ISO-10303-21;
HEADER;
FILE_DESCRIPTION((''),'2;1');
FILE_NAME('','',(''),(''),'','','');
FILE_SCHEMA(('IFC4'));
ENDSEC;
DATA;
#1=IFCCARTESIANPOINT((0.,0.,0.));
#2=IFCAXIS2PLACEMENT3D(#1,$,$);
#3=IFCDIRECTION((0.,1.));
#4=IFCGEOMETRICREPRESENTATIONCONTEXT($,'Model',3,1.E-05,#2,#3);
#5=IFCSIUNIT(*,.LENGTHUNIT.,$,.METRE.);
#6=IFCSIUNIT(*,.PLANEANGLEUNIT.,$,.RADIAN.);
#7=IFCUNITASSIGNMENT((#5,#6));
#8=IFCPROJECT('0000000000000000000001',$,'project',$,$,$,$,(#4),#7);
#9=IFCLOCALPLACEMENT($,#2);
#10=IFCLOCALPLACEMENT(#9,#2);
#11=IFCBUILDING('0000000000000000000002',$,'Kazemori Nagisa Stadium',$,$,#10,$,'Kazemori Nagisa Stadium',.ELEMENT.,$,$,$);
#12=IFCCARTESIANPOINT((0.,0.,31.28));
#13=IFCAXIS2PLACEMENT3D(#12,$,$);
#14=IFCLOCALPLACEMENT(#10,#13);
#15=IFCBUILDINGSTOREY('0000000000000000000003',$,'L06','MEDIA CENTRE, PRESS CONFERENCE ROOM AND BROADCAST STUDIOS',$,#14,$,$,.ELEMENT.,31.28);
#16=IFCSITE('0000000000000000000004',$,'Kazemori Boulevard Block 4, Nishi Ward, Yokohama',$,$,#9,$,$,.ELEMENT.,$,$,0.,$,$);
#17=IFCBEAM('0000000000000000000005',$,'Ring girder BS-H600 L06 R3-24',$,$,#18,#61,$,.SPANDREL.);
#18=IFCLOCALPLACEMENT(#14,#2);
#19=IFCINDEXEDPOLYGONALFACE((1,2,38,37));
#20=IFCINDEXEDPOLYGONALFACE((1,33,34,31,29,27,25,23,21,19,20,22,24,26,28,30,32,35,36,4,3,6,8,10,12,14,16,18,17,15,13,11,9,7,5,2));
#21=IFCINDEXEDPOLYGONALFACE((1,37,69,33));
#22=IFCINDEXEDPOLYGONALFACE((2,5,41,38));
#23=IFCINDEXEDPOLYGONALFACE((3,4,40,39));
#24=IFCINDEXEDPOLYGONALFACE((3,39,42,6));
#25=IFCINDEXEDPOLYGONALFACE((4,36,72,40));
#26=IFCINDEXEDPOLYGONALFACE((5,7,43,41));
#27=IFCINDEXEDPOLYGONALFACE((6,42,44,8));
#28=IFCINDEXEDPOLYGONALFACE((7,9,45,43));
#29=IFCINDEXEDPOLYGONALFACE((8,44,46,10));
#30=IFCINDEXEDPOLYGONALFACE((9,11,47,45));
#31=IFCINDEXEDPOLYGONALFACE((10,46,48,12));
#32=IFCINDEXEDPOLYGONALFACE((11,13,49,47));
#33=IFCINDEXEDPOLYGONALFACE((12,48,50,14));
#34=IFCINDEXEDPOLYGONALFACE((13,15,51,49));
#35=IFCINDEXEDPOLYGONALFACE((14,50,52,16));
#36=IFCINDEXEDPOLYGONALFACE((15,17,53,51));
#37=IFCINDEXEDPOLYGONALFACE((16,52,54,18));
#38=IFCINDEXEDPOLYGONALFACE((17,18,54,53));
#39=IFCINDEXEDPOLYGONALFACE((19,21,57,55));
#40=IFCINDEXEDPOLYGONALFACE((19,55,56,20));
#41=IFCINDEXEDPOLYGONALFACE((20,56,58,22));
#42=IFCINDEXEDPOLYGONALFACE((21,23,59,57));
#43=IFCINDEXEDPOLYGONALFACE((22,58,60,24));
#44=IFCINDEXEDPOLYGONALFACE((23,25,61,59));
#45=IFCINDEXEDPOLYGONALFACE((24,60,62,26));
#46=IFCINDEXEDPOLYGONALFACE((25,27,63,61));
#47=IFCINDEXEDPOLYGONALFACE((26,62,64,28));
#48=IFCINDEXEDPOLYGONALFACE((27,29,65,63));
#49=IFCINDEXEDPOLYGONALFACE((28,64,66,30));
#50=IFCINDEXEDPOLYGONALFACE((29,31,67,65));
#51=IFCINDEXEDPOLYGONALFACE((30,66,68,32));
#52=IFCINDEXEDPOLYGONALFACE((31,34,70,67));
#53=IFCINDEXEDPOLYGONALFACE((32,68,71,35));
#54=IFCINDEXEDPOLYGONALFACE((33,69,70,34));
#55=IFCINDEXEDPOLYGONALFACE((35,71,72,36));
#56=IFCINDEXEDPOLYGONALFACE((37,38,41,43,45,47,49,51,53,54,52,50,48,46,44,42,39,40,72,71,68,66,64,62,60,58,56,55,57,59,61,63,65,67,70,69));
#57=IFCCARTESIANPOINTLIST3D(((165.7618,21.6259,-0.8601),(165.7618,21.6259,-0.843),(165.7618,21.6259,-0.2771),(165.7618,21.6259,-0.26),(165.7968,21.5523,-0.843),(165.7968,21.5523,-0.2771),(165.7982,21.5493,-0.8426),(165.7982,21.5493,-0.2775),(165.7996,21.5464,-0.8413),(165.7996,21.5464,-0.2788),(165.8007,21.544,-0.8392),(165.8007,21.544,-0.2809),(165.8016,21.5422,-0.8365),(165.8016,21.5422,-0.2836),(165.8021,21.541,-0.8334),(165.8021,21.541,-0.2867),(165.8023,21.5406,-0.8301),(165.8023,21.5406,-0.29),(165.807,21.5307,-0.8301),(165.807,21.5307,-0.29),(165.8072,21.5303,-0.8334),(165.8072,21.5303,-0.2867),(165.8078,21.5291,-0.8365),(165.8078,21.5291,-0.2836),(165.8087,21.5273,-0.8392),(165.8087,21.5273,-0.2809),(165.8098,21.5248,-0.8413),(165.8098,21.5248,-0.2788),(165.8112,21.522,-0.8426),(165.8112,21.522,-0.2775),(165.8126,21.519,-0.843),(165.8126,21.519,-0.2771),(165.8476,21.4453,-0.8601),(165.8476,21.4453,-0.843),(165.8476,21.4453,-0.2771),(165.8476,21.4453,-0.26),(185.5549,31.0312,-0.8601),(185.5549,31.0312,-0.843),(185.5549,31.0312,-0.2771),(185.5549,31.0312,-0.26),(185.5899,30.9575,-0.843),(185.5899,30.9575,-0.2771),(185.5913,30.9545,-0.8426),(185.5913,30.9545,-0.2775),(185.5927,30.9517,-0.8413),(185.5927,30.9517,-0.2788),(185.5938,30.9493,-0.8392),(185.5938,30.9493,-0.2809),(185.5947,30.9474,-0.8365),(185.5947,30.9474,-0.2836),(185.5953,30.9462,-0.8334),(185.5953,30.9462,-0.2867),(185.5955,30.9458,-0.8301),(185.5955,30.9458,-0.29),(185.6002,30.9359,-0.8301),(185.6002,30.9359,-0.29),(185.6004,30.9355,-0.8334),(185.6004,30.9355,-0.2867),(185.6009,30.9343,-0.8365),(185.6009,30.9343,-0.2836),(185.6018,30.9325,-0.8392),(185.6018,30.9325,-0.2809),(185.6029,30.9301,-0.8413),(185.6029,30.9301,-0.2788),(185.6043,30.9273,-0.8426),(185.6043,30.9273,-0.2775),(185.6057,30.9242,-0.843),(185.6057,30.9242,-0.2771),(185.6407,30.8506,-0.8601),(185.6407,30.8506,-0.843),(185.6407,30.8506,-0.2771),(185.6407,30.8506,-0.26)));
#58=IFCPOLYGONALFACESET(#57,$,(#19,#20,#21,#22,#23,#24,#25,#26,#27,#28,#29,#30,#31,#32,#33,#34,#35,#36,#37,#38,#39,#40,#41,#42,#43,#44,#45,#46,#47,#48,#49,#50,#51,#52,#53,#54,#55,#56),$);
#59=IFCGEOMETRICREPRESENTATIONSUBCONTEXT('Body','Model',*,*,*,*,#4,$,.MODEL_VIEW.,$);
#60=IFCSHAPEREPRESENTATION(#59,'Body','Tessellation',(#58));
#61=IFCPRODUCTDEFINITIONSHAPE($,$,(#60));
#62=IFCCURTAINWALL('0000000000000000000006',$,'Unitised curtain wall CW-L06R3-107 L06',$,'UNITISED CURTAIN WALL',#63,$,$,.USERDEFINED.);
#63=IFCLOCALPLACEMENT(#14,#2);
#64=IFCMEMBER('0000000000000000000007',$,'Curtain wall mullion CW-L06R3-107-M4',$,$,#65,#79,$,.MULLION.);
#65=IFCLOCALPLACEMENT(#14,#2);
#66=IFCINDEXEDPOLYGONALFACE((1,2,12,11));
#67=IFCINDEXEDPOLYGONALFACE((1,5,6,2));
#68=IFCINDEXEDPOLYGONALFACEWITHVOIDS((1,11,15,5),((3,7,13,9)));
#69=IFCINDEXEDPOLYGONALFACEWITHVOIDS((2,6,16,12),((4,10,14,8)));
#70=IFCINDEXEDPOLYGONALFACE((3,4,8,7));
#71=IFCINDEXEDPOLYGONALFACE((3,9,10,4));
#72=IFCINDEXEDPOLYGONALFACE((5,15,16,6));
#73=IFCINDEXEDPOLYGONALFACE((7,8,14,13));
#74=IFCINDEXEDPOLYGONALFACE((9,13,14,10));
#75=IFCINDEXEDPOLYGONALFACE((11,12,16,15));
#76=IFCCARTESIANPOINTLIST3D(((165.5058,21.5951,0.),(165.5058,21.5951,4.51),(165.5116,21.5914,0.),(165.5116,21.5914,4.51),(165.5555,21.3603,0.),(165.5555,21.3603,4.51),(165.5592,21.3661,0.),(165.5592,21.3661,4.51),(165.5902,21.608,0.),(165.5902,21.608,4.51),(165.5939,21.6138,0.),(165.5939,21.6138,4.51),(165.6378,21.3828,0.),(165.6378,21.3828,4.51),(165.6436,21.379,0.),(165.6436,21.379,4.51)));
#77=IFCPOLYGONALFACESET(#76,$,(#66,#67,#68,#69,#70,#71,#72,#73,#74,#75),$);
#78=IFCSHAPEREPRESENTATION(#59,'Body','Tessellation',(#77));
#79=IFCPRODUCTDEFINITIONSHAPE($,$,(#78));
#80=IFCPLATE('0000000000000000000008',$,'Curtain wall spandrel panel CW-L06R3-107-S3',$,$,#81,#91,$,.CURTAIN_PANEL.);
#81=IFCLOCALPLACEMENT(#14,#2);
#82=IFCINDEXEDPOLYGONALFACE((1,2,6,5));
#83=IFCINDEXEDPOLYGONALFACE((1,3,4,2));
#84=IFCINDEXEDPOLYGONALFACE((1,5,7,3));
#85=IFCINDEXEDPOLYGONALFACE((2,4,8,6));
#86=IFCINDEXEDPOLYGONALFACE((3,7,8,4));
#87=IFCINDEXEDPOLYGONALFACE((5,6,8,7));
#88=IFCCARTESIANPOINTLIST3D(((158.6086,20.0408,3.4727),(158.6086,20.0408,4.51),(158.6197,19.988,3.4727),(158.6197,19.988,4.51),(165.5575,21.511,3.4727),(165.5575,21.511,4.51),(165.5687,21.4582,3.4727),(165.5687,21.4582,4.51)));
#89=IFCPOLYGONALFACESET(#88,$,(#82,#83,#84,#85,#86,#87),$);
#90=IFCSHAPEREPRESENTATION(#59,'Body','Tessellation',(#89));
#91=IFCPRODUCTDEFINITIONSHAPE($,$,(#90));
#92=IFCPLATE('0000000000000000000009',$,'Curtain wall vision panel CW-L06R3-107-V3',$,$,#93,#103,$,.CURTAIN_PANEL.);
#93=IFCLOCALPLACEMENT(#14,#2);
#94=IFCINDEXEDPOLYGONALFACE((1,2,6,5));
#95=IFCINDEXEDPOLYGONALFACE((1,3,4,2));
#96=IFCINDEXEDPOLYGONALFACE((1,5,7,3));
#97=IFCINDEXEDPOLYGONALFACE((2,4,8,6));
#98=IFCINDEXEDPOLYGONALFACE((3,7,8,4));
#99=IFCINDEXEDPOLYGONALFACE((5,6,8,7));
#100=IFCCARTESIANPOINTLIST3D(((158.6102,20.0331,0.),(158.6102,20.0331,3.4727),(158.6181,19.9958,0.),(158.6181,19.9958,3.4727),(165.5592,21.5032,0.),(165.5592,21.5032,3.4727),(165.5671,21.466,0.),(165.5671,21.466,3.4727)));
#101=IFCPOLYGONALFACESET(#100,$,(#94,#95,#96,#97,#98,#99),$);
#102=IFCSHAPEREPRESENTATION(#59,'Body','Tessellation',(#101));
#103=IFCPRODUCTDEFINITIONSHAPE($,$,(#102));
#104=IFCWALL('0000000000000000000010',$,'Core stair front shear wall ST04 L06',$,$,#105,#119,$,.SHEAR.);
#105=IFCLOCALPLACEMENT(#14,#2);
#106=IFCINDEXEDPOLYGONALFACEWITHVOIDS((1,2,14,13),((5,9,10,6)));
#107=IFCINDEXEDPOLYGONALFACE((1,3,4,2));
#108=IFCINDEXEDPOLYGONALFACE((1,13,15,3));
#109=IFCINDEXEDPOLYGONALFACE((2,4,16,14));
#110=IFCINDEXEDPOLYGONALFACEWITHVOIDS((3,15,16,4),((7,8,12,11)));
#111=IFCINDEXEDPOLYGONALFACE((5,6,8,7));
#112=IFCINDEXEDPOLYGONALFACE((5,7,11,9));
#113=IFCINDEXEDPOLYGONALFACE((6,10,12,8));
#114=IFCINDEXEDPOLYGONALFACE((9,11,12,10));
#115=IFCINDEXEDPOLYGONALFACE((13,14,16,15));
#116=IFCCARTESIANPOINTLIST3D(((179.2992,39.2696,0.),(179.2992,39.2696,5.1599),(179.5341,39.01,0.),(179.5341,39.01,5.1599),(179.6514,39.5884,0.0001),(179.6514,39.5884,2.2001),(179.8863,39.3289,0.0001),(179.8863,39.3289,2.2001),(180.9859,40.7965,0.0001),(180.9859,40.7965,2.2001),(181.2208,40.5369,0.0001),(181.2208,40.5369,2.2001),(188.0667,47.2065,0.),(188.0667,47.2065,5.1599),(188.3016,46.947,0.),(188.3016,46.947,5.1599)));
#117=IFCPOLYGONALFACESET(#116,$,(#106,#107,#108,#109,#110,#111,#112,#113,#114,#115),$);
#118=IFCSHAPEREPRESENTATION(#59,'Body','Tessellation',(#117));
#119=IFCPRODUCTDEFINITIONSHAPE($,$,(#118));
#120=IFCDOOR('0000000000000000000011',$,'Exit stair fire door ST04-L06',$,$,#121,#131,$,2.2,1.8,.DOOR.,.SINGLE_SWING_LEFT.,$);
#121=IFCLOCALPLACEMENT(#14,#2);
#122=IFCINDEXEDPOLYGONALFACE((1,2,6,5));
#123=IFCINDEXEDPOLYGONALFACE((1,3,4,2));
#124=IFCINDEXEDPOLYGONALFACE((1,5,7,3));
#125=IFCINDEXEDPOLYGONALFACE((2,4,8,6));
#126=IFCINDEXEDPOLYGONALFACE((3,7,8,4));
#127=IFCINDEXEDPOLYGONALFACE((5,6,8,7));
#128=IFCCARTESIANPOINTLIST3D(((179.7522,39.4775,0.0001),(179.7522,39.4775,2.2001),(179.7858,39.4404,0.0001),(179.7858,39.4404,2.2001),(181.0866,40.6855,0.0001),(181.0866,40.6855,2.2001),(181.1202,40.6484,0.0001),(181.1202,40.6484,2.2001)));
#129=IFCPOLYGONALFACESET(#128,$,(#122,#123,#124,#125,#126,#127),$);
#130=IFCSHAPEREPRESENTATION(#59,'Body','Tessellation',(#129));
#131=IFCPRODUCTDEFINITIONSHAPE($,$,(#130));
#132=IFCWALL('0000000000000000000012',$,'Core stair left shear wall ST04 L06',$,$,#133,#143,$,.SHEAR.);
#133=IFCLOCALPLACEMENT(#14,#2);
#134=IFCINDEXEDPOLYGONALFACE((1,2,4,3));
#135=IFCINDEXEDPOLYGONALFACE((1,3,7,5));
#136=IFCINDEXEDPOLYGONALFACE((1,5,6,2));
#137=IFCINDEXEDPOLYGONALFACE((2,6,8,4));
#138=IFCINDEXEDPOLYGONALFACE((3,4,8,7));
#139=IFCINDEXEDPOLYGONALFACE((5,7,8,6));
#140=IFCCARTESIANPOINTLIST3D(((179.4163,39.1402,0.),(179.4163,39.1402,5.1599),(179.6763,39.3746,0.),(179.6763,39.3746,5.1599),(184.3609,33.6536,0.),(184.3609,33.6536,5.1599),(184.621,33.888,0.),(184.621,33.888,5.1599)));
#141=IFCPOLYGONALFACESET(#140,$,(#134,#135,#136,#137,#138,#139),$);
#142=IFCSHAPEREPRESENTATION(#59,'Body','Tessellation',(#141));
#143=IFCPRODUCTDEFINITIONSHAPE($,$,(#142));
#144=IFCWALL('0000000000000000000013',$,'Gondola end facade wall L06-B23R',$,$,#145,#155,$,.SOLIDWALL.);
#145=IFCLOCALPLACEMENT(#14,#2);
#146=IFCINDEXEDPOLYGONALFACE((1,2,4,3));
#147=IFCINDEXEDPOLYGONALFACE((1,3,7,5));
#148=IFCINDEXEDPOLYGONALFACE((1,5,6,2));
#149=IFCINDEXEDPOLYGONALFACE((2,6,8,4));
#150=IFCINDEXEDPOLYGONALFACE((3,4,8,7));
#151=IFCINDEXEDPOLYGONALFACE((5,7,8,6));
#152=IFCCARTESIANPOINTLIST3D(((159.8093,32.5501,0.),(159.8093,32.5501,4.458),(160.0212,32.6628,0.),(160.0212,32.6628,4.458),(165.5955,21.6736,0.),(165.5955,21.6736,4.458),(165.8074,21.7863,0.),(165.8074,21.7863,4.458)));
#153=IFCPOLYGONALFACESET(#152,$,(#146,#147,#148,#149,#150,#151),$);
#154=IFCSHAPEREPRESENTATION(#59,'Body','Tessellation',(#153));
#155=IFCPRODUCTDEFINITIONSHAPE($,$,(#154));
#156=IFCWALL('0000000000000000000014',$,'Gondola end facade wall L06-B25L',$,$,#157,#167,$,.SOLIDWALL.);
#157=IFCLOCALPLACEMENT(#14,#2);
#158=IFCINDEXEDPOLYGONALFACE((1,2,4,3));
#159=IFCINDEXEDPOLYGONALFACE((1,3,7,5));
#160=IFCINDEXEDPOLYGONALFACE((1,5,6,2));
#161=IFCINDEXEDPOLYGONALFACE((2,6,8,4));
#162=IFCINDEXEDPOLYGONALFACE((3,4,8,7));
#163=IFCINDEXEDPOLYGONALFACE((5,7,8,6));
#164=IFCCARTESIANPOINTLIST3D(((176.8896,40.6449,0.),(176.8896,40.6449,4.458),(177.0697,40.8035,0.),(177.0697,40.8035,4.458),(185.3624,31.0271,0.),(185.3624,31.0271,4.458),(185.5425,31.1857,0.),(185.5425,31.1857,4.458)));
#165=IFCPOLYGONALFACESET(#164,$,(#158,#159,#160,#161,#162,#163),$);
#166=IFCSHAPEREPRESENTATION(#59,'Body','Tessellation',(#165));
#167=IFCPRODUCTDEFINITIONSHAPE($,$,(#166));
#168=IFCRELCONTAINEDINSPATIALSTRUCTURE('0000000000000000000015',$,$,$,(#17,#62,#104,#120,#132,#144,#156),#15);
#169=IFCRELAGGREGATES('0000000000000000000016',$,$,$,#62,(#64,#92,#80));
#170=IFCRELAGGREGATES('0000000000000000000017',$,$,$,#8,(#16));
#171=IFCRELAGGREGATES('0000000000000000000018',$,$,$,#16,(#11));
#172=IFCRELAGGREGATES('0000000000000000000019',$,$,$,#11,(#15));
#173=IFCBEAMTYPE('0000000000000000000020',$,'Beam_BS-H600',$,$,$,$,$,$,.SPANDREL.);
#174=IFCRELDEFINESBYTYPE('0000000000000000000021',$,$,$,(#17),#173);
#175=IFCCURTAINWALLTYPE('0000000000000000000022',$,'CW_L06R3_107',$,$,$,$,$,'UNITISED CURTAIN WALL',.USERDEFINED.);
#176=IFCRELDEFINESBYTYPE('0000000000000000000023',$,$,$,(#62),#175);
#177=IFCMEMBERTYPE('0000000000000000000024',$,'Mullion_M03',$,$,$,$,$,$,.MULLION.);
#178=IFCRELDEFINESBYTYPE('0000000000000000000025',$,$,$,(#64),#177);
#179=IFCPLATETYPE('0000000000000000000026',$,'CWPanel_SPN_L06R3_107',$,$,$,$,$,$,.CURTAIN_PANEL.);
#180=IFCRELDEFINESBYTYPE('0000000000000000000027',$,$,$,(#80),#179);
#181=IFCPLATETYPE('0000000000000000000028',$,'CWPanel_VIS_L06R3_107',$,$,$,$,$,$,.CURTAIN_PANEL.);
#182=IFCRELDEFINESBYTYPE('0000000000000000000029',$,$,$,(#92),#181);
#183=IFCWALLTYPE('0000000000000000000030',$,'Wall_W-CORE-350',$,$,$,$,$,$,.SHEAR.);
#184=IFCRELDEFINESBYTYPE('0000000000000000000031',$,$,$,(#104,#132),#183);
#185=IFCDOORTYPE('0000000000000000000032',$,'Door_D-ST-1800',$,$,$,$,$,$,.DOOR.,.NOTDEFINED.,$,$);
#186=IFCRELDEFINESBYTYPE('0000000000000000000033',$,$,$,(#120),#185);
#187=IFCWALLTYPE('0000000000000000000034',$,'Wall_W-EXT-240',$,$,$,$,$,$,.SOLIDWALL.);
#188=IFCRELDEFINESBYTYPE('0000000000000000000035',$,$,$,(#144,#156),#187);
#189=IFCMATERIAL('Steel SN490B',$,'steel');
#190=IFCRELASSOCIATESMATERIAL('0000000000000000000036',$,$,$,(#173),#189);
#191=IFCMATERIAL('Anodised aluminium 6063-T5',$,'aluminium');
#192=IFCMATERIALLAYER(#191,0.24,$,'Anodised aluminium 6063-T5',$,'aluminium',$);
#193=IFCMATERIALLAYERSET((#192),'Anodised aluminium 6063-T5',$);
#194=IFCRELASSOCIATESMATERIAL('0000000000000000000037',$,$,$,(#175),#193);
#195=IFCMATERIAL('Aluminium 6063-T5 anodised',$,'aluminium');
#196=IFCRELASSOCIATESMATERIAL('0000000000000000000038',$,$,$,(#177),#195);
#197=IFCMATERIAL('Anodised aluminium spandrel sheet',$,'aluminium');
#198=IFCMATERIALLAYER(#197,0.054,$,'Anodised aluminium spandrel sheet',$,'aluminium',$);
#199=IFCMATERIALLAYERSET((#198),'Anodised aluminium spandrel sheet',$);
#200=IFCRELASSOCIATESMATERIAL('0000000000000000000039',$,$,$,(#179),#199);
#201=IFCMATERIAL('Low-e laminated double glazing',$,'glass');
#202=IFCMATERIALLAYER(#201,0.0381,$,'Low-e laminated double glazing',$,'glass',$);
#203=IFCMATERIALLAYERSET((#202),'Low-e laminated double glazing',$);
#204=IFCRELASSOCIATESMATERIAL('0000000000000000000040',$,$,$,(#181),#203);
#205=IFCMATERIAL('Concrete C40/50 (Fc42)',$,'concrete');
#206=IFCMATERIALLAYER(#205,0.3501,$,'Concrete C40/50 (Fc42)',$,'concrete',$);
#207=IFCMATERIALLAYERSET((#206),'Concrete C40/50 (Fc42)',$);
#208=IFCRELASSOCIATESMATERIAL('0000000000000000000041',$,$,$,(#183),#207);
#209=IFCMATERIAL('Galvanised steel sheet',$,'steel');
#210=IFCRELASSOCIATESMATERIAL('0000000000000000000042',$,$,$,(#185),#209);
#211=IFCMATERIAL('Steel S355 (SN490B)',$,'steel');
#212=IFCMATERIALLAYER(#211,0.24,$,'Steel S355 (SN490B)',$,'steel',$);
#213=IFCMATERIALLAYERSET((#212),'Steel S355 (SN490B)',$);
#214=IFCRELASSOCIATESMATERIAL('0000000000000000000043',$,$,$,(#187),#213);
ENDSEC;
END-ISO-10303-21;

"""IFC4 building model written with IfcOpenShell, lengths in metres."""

from ifc_helpers import new_model, si_unit, direction, frame, frame_2d, origin, origin_2d, place, context, subcontext, project, spatial, rectangle, hollow_rectangle, i_section, extrude, material, layer, layer_set, material_profile, profile_set, type_object, element, fill, aggregate, save


model = new_model("IFC4")

# Units and contexts
model_context = context("Model", 3, precision=1e-05, world=origin(), true_north=direction((0.0, 1.0)))
body_context = subcontext(model_context, "Body", "Model", "MODEL_VIEW")
ifc_project = project(units=[si_unit("LENGTHUNIT", "METRE"), si_unit("PLANEANGLEUNIT", "RADIAN")], contexts=[model_context])

# Site, building, storey
site_placement = place(None, origin())
site = spatial("IfcSite", under=ifc_project, at=site_placement, Name="Kazemori Boulevard Block 4, Nishi Ward, Yokohama", CompositionType="ELEMENT", RefElevation=0.0)
building_placement = place(site_placement, origin())
building = spatial("IfcBuilding", under=site, at=building_placement, Name="Kazemori Nagisa Stadium", LongName="Kazemori Nagisa Stadium", CompositionType="ELEMENT")
storey_placement = place(building_placement, frame((0.0, 0.0, 31.28)))
storey = spatial("IfcBuildingStorey", under=building, at=storey_placement, Name="L06", Description="MEDIA CENTRE, PRESS CONFERENCE ROOM AND BROADCAST STUDIOS", CompositionType="ELEMENT", Elevation=31.28)

# Shared definitions
ifc_material_1 = material(Name="Steel SN490B", Category="steel")

# Beam
ifc_material_2 = material(Name="Concrete C40/50 (Fc42)", Category="concrete")
ifc_material_profile_1 = material_profile(ifc_material_1, i_section(OverallWidth=0.2, OverallDepth=0.6001, WebThickness=0.011, FlangeThickness=0.0171, FilletRadius=0.0129, at=origin_2d()), Name="H-600x200x11x17")
ifc_profile_set_1 = profile_set([ifc_material_profile_1], Name="Steel SN490B")
beam_type_1 = type_object("IfcBeamType", Name="Beam_BS-H600", PredefinedType="SPANDREL", material=ifc_profile_set_1)
beam_1_placement = place(storey_placement, frame((165.8047, 21.5356, -0.5601), z_axis=(0.903216, 0.429187, 0.0), x_axis=(-0.429187, 0.903216, 0.0)))
element("IfcBeam", 1, at=beam_1_placement, inside=storey, type_object=beam_type_1, Name="Ring girder BS-H600 L06 R3-24", PredefinedType="SPANDREL", context=body_context, shape_type="SweptSolid", body=[
    extrude(i_section(OverallWidth=0.2, OverallDepth=0.6001, WebThickness=0.011, FlangeThickness=0.0171, FilletRadius=0.0129, at=origin_2d()), origin(), (0.0, 0.0, 1.0), 21.9141),
])

# Curtain wall, member, plates
ifc_material_3 = material(Name="Anodised aluminium 6063-T5", Category="aluminium")
ifc_layer_1 = layer(ifc_material_3, 0.24, Name="Anodised aluminium 6063-T5", Category="aluminium")
ifc_layer_set_1 = layer_set([ifc_layer_1], Name="Anodised aluminium 6063-T5")
curtain_wall_type = type_object("IfcCurtainWallType", Name="CW_L06R3_107", ElementType="UNITISED CURTAIN WALL", PredefinedType="USERDEFINED", material=ifc_layer_set_1)
curtain_wall_placement = place(storey_placement, origin())
curtain_wall = element("IfcCurtainWall", 2, at=curtain_wall_placement, inside=storey, type_object=curtain_wall_type, Name="Unitised curtain wall CW-L06R3-107 L06", ObjectType="UNITISED CURTAIN WALL", PredefinedType="USERDEFINED")
ifc_material_4 = material(Name="Aluminium 6063-T5 anodised", Category="aluminium")
ifc_material_profile_2 = material_profile(ifc_material_4, hollow_rectangle(XDim=0.0901, YDim=0.24, WallThickness=0.0049, at=origin_2d()), Name="ALU-MULL-90x240x5")
ifc_profile_set_2 = profile_set([ifc_material_profile_2], Name="Aluminium 6063-T5 anodised")
member_type = type_object("IfcMemberType", Name="Mullion_M03", PredefinedType="MULLION", material=ifc_profile_set_2)
member_placement = place(storey_placement, frame((165.5747, 21.4871, 0.0), z_axis=(0.0, 0.0, 1.0), x_axis=(0.978345, 0.206981, 0.0)))
member = element("IfcMember", 3, at=member_placement, type_object=member_type, Name="Curtain wall mullion CW-L06R3-107-M4", PredefinedType="MULLION", context=body_context, shape_type="SweptSolid", body=[
    extrude(hollow_rectangle(XDim=0.0901, YDim=0.24, WallThickness=0.0049, at=origin_2d()), origin(), (0.0, 0.0, 1.0), 4.51),
])
ifc_material_5 = material(Name="Anodised aluminium spandrel sheet", Category="aluminium")
ifc_layer_2 = layer(ifc_material_5, 0.054, Name="Anodised aluminium spandrel sheet", Category="aluminium")
ifc_layer_set_2 = layer_set([ifc_layer_2], Name="Anodised aluminium spandrel sheet")
plate_type_1 = type_object("IfcPlateType", Name="CWPanel_SPN_L06R3_107", PredefinedType="CURTAIN_PANEL", material=ifc_layer_set_2)
plate_1_placement = place(storey_placement, frame((162.0886, 20.7495, 3.4727), z_axis=(0.0, 0.0, 1.0), x_axis=(0.978345, 0.206981, 0.0)))
plate_1 = element("IfcPlate", 4, at=plate_1_placement, type_object=plate_type_1, Name="Curtain wall spandrel panel CW-L06R3-107-S3", PredefinedType="CURTAIN_PANEL", context=body_context, shape_type="SweptSolid", body=[
    extrude(rectangle(XDim=7.1028, YDim=0.054, at=origin_2d()), origin(), (0.0, 0.0, 1.0), 1.0374),
])
ifc_material_6 = material(Name="Low-e laminated double glazing", Category="glass")
ifc_layer_3 = layer(ifc_material_6, 0.0381, Name="Low-e laminated double glazing", Category="glass")
ifc_layer_set_3 = layer_set([ifc_layer_3], Name="Low-e laminated double glazing")
plate_type_2 = type_object("IfcPlateType", Name="CWPanel_VIS_L06R3_107", PredefinedType="CURTAIN_PANEL", material=ifc_layer_set_3)
plate_2_placement = place(storey_placement, frame((162.0886, 20.7495, 0.0), z_axis=(0.0, 0.0, 1.0), x_axis=(0.978345, 0.206981, 0.0)))
plate_2 = element("IfcPlate", 5, at=plate_2_placement, type_object=plate_type_2, Name="Curtain wall vision panel CW-L06R3-107-V3", PredefinedType="CURTAIN_PANEL", context=body_context, shape_type="SweptSolid", body=[
    extrude(rectangle(XDim=7.1028, YDim=0.0381, at=origin_2d()), origin(), (0.0, 0.0, 1.0), 3.4727),
])
aggregate(curtain_wall, [member, plate_2, plate_1])

# Wall, opening, door
ifc_layer_4 = layer(ifc_material_2, 0.3501, Name="Concrete C40/50 (Fc42)", Category="concrete")
ifc_layer_set_4 = layer_set([ifc_layer_4], Name="Concrete C40/50 (Fc42)")
wall_type_1 = type_object("IfcWallType", Name="Wall_W-CORE-350", PredefinedType="SHEAR", material=ifc_layer_set_4)
wall_1_placement = place(storey_placement, frame((179.4167, 39.1399, 0.0), z_axis=(0.0, 0.0, 1.0), x_axis=(0.741349, 0.67112, 0.0)))
wall_1 = element("IfcWall", 6, at=wall_1_placement, inside=storey, type_object=wall_type_1, Name="Core stair front shear wall ST04 L06", PredefinedType="SHEAR", context=body_context, shape_type="SweptSolid", body=[
    extrude(rectangle(XDim=11.8264, YDim=0.3501, at=frame_2d((5.9131, 0.0))), origin(), (0.0, 0.0, 1.0), 5.1599),
])
opening_1_placement = place(wall_1_placement, frame((0.4751, 0.0, 0.0)))
opening_1 = element("IfcOpeningElement", 7, at=opening_1_placement, cuts=wall_1, PredefinedType="OPENING", context=body_context, shape_type="SweptSolid", body=[
    extrude(rectangle(XDim=1.8, YDim=2.2, at=frame_2d((0.8999, 1.1001))), frame((0.0, 0.1851, 0.0), z_axis=(0.0, -1.0, 0.0), x_axis=(1.0, 0.0, 0.0)), (0.0, 0.0, 1.0), 0.3701),
])
ifc_material_7 = material(Name="Galvanised steel sheet", Category="steel")
door_type_1 = type_object("IfcDoorType", Name="Door_D-ST-1800", OperationType="NOTDEFINED", PredefinedType="DOOR", material=ifc_material_7)
door_1_placement = place(opening_1_placement, frame((1.8, 0.0, 0.0), z_axis=(0.0, 0.0, 1.0), x_axis=(-1.0, 0.0, 0.0)))
door_1 = element("IfcDoor", 8, at=door_1_placement, inside=storey, type_object=door_type_1, Name="Exit stair fire door ST04-L06", OperationType="SINGLE_SWING_LEFT", OverallHeight=2.2, OverallWidth=1.8, PredefinedType="DOOR", context=body_context, shape_type="SweptSolid", body=[
    extrude(rectangle(XDim=1.8, YDim=2.2, at=frame_2d((0.8999, 1.1001))), frame((0.0, 0.0249, 0.0), z_axis=(0.0, -1.0, 0.0), x_axis=(1.0, 0.0, 0.0)), (0.0, 0.0, 1.0), 0.05),
])
fill(opening_1, door_1)

# Walls
wall_2_placement = place(storey_placement, frame((179.5464, 39.2573, 0.0), z_axis=(0.0, 0.0, 1.0), x_axis=(0.669463, -0.742845, 0.0)))
element("IfcWall", 9, at=wall_2_placement, inside=storey, type_object=wall_type_1, Name="Core stair left shear wall ST04 L06", PredefinedType="SHEAR", context=body_context, shape_type="SweptSolid", body=[
    extrude(rectangle(XDim=7.386, YDim=0.3501, at=frame_2d((3.6929, 0.0))), origin(), (0.0, 0.0, 1.0), 5.1599),
])
ifc_material_8 = material(Name="Steel S355 (SN490B)", Category="steel")
ifc_layer_5 = layer(ifc_material_8, 0.24, Name="Steel S355 (SN490B)", Category="steel")
ifc_layer_set_5 = layer_set([ifc_layer_5], Name="Steel S355 (SN490B)")
wall_type_2 = type_object("IfcWallType", Name="Wall_W-EXT-240", PredefinedType="SOLIDWALL", material=ifc_layer_set_5)
wall_3_placement = place(storey_placement, frame((159.9153, 32.6064, 0.0), z_axis=(0.0, 0.0, 1.0), x_axis=(0.469662, -0.882846, 0.0)))
element("IfcWall", 10, at=wall_3_placement, inside=storey, type_object=wall_type_2, Name="Gondola end facade wall L06-B23R", PredefinedType="SOLIDWALL", context=body_context, shape_type="SweptSolid", body=[
    extrude(rectangle(XDim=12.3198, YDim=0.24, at=frame_2d((6.1599, 0.0))), origin(), (0.0, 0.0, 1.0), 4.458),
])
wall_4_placement = place(storey_placement, frame((176.9797, 40.7241, 0.0), z_axis=(0.0, 0.0, 1.0), x_axis=(0.661029, -0.75036, 0.0)))
element("IfcWall", 11, at=wall_4_placement, inside=storey, type_object=wall_type_2, Name="Gondola end facade wall L06-B25L", PredefinedType="SOLIDWALL", context=body_context, shape_type="SweptSolid", body=[
    extrude(rectangle(XDim=12.8176, YDim=0.24, at=frame_2d((6.4087, 0.0))), origin(), (0.0, 0.0, 1.0), 4.458),
])

save(model, "model.ifc")
